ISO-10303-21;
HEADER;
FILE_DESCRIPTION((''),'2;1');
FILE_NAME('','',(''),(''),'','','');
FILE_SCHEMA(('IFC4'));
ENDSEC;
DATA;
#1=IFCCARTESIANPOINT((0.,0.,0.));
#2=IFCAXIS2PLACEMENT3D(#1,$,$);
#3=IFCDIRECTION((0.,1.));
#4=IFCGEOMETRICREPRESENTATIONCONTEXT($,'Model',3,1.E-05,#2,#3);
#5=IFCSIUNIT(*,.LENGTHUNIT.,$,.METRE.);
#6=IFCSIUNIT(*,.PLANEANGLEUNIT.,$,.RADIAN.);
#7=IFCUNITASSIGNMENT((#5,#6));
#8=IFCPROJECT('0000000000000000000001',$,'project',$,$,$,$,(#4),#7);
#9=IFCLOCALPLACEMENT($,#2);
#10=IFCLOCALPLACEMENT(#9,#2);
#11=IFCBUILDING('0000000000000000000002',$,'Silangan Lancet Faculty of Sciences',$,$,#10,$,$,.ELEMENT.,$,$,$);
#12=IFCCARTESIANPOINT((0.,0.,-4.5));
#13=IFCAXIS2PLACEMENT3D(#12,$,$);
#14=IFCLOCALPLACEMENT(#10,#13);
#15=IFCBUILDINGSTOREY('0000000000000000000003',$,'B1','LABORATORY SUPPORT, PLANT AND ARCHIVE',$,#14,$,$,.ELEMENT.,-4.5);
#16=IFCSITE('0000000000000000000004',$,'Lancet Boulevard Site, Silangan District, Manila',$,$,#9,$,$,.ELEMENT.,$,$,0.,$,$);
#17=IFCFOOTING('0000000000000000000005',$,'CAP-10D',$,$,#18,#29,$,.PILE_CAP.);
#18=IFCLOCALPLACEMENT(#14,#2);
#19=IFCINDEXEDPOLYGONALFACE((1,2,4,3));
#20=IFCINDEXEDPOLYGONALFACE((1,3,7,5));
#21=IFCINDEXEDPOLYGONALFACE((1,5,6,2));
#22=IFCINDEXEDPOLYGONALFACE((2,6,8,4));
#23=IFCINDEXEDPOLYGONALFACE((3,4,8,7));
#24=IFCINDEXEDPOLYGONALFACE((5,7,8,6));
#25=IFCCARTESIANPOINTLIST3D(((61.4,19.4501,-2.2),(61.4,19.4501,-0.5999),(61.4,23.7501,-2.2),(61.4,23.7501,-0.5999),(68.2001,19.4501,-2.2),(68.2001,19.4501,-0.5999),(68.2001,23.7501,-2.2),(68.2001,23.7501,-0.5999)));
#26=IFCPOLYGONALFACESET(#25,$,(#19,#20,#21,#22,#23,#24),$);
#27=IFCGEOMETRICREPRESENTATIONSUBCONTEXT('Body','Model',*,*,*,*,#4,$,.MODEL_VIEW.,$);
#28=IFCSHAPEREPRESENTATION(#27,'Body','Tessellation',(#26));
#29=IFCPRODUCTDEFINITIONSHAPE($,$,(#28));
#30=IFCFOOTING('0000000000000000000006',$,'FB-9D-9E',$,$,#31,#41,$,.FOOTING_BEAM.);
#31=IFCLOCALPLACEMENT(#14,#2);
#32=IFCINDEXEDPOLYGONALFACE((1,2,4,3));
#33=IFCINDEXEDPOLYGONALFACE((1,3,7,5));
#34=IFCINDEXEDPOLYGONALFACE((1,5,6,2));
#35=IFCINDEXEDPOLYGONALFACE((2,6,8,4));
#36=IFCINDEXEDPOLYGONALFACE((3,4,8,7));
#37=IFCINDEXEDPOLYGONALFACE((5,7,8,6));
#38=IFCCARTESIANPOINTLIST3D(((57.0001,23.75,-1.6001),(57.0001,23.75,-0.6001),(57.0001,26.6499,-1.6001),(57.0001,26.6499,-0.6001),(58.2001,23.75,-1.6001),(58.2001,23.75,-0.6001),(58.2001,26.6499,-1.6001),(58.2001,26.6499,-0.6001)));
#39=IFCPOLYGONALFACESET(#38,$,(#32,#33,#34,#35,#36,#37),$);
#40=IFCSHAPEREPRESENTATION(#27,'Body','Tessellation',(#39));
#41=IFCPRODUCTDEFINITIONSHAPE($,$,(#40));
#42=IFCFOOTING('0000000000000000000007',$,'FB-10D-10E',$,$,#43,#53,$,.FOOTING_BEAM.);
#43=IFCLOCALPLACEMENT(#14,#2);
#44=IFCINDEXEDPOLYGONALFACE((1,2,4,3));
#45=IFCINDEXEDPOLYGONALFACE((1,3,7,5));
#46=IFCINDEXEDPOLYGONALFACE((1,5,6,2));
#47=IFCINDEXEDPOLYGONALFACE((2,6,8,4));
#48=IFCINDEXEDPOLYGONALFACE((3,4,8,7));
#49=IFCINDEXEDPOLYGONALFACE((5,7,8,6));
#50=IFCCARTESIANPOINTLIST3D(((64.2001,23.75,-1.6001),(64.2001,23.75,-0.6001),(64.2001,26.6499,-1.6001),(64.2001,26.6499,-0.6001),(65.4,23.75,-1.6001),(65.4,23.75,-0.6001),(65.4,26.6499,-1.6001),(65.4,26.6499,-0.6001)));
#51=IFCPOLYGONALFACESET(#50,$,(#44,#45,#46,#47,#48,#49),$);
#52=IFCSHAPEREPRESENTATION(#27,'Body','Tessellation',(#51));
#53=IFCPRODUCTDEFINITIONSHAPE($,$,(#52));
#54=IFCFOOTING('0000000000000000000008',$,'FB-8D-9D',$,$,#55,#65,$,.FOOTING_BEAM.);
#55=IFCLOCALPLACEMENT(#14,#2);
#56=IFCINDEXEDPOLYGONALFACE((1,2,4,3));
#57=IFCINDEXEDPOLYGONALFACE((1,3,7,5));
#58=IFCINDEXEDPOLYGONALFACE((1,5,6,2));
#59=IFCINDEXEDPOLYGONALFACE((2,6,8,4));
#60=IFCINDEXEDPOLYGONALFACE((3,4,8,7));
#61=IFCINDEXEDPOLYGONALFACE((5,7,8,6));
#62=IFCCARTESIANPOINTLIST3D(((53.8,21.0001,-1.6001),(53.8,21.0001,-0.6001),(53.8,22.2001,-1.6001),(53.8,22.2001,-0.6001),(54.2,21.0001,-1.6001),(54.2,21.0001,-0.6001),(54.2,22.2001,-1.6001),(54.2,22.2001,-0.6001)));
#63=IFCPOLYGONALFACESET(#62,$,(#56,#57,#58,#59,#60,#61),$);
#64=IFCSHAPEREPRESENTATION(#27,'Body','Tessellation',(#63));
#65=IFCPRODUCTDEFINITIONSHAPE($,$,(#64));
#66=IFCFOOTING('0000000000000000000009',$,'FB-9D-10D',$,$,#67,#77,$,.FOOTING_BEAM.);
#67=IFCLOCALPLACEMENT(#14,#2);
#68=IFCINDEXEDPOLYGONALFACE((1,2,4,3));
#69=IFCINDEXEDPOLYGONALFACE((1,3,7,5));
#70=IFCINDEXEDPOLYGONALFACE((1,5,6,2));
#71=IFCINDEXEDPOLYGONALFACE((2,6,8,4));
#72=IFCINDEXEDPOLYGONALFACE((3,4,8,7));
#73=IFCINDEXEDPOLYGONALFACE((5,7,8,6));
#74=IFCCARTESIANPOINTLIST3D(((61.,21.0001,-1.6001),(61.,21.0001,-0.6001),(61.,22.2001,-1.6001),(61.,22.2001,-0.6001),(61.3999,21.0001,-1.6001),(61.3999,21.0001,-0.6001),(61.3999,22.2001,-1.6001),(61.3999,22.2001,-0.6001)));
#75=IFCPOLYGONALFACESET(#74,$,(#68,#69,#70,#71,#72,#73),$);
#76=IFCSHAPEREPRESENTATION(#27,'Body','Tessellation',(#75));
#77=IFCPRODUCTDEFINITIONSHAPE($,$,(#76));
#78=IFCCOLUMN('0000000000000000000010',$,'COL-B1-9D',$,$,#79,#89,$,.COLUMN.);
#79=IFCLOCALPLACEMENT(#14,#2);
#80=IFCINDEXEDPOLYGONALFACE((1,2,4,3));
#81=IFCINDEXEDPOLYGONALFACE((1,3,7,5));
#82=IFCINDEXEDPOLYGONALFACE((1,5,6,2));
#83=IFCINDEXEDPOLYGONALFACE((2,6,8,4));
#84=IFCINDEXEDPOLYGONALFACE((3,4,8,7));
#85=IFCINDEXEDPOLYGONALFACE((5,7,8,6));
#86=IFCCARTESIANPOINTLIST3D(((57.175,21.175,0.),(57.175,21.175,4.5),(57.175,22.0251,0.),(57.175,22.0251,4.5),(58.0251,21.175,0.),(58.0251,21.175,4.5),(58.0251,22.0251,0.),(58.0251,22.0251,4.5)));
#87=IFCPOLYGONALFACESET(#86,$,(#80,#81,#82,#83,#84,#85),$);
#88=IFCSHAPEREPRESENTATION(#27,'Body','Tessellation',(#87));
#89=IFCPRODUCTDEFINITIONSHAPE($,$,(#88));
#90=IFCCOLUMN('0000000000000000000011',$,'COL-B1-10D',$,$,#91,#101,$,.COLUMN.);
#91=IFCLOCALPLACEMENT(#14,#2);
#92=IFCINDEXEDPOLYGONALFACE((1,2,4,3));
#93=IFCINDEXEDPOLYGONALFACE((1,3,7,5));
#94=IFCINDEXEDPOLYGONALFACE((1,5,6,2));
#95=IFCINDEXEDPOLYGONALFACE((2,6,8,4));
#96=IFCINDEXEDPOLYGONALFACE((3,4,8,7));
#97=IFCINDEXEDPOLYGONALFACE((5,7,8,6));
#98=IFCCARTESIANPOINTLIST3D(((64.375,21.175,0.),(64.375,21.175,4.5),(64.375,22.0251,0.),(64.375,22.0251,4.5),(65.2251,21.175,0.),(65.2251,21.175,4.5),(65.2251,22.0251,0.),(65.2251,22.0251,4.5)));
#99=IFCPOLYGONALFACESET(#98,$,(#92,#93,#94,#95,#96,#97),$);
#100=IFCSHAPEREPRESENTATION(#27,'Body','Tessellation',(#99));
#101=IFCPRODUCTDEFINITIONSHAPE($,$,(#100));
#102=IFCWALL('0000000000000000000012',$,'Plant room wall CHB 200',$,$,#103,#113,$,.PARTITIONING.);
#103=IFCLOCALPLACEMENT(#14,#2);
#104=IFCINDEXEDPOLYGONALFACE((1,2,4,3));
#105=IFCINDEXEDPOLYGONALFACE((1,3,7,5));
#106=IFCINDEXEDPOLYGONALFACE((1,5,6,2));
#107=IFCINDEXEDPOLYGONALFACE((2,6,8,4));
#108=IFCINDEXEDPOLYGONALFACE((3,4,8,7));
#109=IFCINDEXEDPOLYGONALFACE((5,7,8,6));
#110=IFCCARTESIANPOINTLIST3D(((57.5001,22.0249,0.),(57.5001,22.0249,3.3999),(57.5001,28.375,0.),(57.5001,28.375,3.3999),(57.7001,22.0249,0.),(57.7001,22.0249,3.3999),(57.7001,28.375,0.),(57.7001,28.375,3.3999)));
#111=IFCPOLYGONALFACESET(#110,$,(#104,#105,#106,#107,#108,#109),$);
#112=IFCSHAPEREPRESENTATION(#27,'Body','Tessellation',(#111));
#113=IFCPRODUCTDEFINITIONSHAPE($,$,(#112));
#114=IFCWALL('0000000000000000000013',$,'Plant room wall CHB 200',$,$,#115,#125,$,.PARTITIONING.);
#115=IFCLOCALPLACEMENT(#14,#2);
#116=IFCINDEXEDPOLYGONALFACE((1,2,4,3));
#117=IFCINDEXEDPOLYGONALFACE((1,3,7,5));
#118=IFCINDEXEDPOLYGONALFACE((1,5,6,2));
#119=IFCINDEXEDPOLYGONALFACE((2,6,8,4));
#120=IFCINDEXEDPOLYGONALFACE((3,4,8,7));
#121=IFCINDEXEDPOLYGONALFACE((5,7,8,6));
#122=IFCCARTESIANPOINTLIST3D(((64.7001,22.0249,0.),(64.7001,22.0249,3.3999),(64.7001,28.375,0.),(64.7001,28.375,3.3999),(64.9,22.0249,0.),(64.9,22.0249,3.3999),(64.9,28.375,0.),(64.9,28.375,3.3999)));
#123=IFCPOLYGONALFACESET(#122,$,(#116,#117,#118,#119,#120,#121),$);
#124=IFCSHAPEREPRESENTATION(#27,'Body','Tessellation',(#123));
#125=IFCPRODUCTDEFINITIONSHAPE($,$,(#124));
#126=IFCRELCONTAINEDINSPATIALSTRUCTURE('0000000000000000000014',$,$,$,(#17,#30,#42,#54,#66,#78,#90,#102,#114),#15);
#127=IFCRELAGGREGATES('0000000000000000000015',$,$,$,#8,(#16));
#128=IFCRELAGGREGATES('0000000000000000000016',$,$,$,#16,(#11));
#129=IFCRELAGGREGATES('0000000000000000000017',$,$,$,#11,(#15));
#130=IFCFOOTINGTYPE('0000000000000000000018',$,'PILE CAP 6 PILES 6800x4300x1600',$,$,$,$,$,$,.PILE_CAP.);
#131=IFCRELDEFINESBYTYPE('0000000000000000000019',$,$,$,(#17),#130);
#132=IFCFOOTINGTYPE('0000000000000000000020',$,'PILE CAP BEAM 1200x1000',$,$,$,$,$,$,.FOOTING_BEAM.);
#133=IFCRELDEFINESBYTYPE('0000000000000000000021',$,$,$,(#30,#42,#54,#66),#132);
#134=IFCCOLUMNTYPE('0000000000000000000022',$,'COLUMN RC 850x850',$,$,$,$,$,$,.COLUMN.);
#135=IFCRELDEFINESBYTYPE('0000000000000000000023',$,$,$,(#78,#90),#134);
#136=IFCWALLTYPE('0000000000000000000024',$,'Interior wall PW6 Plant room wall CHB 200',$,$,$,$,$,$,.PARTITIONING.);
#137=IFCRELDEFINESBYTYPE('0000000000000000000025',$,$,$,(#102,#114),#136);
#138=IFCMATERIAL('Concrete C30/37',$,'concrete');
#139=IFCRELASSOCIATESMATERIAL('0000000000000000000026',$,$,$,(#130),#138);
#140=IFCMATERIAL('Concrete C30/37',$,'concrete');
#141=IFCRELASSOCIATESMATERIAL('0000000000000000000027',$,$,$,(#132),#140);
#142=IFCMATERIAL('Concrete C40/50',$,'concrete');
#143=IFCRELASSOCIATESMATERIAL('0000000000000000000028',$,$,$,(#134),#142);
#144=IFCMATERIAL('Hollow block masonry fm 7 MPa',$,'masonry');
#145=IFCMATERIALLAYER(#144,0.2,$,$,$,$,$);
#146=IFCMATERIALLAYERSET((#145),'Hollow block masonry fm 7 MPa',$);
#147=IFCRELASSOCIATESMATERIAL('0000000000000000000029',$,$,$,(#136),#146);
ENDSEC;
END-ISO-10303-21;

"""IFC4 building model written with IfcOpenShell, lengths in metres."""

from ifc_helpers import new_model, si_unit, direction, frame, frame_2d, origin, origin_2d, place, context, subcontext, project, spatial, rectangle, extrude, material, layer, layer_set, material_profile, profile_set, type_object, element, save


model = new_model("IFC4")

# Units and contexts
model_context = context("Model", 3, precision=1e-05, world=origin(), true_north=direction((0.0, 1.0)))
body_context = subcontext(model_context, "Body", "Model", "MODEL_VIEW")
ifc_project = project(units=[si_unit("LENGTHUNIT", "METRE"), si_unit("PLANEANGLEUNIT", "RADIAN")], contexts=[model_context])

# Site, building, storey
site_placement = place(None, origin())
site = spatial("IfcSite", under=ifc_project, at=site_placement, Name="Lancet Boulevard Site, Silangan District, Manila", CompositionType="ELEMENT", RefElevation=0.0)
building_placement = place(site_placement, origin())
building = spatial("IfcBuilding", under=site, at=building_placement, Name="Silangan Lancet Faculty of Sciences", CompositionType="ELEMENT")
storey_placement = place(building_placement, frame((0.0, 0.0, -4.5)))
storey = spatial("IfcBuildingStorey", under=building, at=storey_placement, Name="B1", Description="LABORATORY SUPPORT, PLANT AND ARCHIVE", CompositionType="ELEMENT", Elevation=-4.5)

# Footings
ifc_material_1 = material(Name="Concrete C30/37", Category="concrete")
footing_type_1 = type_object("IfcFootingType", Name="PILE CAP 6 PILES 6800x4300x1600", PredefinedType="PILE_CAP", material=ifc_material_1)
for number, where, z_axis, x_axis, name in (
    (1, (64.8, 21.6001, -2.2), (0.0, 0.0, 1.0), (1.0, 0.0, 0.0), "CAP-10D"),
):
    element("IfcFooting", number, at=place(storey_placement, frame(where, z_axis=z_axis, x_axis=x_axis)), inside=storey, type_object=footing_type_1, Name=name, PredefinedType="PILE_CAP", context=body_context, shape_type="SweptSolid", body=[
        extrude(rectangle(XDim=6.8, YDim=4.3, at=origin_2d()), origin(), (0.0, 0.0, 1.0), 1.6001),
    ])
ifc_material_2 = material(Name="Concrete C30/37", Category="concrete")
footing_type_2 = type_object("IfcFootingType", Name="PILE CAP BEAM 1200x1000", PredefinedType="FOOTING_BEAM", material=ifc_material_2)
for number, where, z_axis, x_axis, name in (
    (2, (57.6001, 25.2, -1.6001), (0.0, 0.0, 1.0), (0.0, 1.0, 0.0), "FB-9D-9E"),
    (3, (64.8, 25.2, -1.6001), (0.0, 0.0, 1.0), (0.0, 1.0, 0.0), "FB-10D-10E"),
):
    element("IfcFooting", number, at=place(storey_placement, frame(where, z_axis=z_axis, x_axis=x_axis)), inside=storey, type_object=footing_type_2, Name=name, PredefinedType="FOOTING_BEAM", context=body_context, shape_type="SweptSolid", body=[
        extrude(rectangle(XDim=2.8999, YDim=1.2, at=origin_2d()), origin(), (0.0, 0.0, 1.0), 1.0),
    ])
for number, where, z_axis, x_axis, name in (
    (4, (54.0, 21.6001, -1.6001), (0.0, 0.0, 1.0), (1.0, 0.0, 0.0), "FB-8D-9D"),
    (5, (61.2, 21.6001, -1.6001), (0.0, 0.0, 1.0), (1.0, 0.0, 0.0), "FB-9D-10D"),
):
    element("IfcFooting", number, at=place(storey_placement, frame(where, z_axis=z_axis, x_axis=x_axis)), inside=storey, type_object=footing_type_2, Name=name, PredefinedType="FOOTING_BEAM", context=body_context, shape_type="SweptSolid", body=[
        extrude(rectangle(XDim=0.3999, YDim=1.2, at=origin_2d()), origin(), (0.0, 0.0, 1.0), 1.0),
    ])

# Columns
ifc_material_3 = material(Name="Concrete C40/50", Category="concrete")
ifc_material_profile_1 = material_profile(ifc_material_3, rectangle(XDim=0.8501, YDim=0.8501, at=origin_2d()), Name="RC 850x850")
ifc_profile_set_1 = profile_set([ifc_material_profile_1], Name="Concrete C40/50")
column_type = type_object("IfcColumnType", Name="COLUMN RC 850x850", PredefinedType="COLUMN", material=ifc_profile_set_1)
for number, where, z_axis, x_axis, name in (
    (6, (57.6001, 21.6001, 0.0), (0.0, 0.0, 1.0), (1.0, 0.0, 0.0), "COL-B1-9D"),
    (7, (64.8, 21.6001, 0.0), (0.0, 0.0, 1.0), (1.0, 0.0, 0.0), "COL-B1-10D"),
):
    element("IfcColumn", number, at=place(storey_placement, frame(where, z_axis=z_axis, x_axis=x_axis)), inside=storey, type_object=column_type, Name=name, PredefinedType="COLUMN", context=body_context, shape_type="SweptSolid", body=[
        extrude(rectangle(XDim=0.8501, YDim=0.8501, at=origin_2d()), origin(), (0.0, 0.0, 1.0), 4.5),
    ])

# Walls
ifc_material_4 = material(Name="Hollow block masonry fm 7 MPa", Category="masonry")
ifc_layer = layer(ifc_material_4, 0.2)
ifc_layer_set = layer_set([ifc_layer], Name="Hollow block masonry fm 7 MPa")
wall_type = type_object("IfcWallType", Name="Interior wall PW6 Plant room wall CHB 200", PredefinedType="PARTITIONING", material=ifc_layer_set)
for number, where, z_axis, x_axis, name in (
    (8, (57.6001, 22.0249, 0.0), (0.0, 0.0, 1.0), (0.0, 1.0, 0.0), "Plant room wall CHB 200"),
    (9, (64.8, 22.0249, 0.0), (0.0, 0.0, 1.0), (0.0, 1.0, 0.0), "Plant room wall CHB 200"),
):
    element("IfcWall", number, at=place(storey_placement, frame(where, z_axis=z_axis, x_axis=x_axis)), inside=storey, type_object=wall_type, Name=name, PredefinedType="PARTITIONING", context=body_context, shape_type="SweptSolid", body=[
        extrude(rectangle(XDim=6.3501, YDim=0.2, at=frame_2d((3.175, 0.0))), origin(), (0.0, 0.0, 1.0), 3.3999),
    ])

save(model, "model.ifc")
